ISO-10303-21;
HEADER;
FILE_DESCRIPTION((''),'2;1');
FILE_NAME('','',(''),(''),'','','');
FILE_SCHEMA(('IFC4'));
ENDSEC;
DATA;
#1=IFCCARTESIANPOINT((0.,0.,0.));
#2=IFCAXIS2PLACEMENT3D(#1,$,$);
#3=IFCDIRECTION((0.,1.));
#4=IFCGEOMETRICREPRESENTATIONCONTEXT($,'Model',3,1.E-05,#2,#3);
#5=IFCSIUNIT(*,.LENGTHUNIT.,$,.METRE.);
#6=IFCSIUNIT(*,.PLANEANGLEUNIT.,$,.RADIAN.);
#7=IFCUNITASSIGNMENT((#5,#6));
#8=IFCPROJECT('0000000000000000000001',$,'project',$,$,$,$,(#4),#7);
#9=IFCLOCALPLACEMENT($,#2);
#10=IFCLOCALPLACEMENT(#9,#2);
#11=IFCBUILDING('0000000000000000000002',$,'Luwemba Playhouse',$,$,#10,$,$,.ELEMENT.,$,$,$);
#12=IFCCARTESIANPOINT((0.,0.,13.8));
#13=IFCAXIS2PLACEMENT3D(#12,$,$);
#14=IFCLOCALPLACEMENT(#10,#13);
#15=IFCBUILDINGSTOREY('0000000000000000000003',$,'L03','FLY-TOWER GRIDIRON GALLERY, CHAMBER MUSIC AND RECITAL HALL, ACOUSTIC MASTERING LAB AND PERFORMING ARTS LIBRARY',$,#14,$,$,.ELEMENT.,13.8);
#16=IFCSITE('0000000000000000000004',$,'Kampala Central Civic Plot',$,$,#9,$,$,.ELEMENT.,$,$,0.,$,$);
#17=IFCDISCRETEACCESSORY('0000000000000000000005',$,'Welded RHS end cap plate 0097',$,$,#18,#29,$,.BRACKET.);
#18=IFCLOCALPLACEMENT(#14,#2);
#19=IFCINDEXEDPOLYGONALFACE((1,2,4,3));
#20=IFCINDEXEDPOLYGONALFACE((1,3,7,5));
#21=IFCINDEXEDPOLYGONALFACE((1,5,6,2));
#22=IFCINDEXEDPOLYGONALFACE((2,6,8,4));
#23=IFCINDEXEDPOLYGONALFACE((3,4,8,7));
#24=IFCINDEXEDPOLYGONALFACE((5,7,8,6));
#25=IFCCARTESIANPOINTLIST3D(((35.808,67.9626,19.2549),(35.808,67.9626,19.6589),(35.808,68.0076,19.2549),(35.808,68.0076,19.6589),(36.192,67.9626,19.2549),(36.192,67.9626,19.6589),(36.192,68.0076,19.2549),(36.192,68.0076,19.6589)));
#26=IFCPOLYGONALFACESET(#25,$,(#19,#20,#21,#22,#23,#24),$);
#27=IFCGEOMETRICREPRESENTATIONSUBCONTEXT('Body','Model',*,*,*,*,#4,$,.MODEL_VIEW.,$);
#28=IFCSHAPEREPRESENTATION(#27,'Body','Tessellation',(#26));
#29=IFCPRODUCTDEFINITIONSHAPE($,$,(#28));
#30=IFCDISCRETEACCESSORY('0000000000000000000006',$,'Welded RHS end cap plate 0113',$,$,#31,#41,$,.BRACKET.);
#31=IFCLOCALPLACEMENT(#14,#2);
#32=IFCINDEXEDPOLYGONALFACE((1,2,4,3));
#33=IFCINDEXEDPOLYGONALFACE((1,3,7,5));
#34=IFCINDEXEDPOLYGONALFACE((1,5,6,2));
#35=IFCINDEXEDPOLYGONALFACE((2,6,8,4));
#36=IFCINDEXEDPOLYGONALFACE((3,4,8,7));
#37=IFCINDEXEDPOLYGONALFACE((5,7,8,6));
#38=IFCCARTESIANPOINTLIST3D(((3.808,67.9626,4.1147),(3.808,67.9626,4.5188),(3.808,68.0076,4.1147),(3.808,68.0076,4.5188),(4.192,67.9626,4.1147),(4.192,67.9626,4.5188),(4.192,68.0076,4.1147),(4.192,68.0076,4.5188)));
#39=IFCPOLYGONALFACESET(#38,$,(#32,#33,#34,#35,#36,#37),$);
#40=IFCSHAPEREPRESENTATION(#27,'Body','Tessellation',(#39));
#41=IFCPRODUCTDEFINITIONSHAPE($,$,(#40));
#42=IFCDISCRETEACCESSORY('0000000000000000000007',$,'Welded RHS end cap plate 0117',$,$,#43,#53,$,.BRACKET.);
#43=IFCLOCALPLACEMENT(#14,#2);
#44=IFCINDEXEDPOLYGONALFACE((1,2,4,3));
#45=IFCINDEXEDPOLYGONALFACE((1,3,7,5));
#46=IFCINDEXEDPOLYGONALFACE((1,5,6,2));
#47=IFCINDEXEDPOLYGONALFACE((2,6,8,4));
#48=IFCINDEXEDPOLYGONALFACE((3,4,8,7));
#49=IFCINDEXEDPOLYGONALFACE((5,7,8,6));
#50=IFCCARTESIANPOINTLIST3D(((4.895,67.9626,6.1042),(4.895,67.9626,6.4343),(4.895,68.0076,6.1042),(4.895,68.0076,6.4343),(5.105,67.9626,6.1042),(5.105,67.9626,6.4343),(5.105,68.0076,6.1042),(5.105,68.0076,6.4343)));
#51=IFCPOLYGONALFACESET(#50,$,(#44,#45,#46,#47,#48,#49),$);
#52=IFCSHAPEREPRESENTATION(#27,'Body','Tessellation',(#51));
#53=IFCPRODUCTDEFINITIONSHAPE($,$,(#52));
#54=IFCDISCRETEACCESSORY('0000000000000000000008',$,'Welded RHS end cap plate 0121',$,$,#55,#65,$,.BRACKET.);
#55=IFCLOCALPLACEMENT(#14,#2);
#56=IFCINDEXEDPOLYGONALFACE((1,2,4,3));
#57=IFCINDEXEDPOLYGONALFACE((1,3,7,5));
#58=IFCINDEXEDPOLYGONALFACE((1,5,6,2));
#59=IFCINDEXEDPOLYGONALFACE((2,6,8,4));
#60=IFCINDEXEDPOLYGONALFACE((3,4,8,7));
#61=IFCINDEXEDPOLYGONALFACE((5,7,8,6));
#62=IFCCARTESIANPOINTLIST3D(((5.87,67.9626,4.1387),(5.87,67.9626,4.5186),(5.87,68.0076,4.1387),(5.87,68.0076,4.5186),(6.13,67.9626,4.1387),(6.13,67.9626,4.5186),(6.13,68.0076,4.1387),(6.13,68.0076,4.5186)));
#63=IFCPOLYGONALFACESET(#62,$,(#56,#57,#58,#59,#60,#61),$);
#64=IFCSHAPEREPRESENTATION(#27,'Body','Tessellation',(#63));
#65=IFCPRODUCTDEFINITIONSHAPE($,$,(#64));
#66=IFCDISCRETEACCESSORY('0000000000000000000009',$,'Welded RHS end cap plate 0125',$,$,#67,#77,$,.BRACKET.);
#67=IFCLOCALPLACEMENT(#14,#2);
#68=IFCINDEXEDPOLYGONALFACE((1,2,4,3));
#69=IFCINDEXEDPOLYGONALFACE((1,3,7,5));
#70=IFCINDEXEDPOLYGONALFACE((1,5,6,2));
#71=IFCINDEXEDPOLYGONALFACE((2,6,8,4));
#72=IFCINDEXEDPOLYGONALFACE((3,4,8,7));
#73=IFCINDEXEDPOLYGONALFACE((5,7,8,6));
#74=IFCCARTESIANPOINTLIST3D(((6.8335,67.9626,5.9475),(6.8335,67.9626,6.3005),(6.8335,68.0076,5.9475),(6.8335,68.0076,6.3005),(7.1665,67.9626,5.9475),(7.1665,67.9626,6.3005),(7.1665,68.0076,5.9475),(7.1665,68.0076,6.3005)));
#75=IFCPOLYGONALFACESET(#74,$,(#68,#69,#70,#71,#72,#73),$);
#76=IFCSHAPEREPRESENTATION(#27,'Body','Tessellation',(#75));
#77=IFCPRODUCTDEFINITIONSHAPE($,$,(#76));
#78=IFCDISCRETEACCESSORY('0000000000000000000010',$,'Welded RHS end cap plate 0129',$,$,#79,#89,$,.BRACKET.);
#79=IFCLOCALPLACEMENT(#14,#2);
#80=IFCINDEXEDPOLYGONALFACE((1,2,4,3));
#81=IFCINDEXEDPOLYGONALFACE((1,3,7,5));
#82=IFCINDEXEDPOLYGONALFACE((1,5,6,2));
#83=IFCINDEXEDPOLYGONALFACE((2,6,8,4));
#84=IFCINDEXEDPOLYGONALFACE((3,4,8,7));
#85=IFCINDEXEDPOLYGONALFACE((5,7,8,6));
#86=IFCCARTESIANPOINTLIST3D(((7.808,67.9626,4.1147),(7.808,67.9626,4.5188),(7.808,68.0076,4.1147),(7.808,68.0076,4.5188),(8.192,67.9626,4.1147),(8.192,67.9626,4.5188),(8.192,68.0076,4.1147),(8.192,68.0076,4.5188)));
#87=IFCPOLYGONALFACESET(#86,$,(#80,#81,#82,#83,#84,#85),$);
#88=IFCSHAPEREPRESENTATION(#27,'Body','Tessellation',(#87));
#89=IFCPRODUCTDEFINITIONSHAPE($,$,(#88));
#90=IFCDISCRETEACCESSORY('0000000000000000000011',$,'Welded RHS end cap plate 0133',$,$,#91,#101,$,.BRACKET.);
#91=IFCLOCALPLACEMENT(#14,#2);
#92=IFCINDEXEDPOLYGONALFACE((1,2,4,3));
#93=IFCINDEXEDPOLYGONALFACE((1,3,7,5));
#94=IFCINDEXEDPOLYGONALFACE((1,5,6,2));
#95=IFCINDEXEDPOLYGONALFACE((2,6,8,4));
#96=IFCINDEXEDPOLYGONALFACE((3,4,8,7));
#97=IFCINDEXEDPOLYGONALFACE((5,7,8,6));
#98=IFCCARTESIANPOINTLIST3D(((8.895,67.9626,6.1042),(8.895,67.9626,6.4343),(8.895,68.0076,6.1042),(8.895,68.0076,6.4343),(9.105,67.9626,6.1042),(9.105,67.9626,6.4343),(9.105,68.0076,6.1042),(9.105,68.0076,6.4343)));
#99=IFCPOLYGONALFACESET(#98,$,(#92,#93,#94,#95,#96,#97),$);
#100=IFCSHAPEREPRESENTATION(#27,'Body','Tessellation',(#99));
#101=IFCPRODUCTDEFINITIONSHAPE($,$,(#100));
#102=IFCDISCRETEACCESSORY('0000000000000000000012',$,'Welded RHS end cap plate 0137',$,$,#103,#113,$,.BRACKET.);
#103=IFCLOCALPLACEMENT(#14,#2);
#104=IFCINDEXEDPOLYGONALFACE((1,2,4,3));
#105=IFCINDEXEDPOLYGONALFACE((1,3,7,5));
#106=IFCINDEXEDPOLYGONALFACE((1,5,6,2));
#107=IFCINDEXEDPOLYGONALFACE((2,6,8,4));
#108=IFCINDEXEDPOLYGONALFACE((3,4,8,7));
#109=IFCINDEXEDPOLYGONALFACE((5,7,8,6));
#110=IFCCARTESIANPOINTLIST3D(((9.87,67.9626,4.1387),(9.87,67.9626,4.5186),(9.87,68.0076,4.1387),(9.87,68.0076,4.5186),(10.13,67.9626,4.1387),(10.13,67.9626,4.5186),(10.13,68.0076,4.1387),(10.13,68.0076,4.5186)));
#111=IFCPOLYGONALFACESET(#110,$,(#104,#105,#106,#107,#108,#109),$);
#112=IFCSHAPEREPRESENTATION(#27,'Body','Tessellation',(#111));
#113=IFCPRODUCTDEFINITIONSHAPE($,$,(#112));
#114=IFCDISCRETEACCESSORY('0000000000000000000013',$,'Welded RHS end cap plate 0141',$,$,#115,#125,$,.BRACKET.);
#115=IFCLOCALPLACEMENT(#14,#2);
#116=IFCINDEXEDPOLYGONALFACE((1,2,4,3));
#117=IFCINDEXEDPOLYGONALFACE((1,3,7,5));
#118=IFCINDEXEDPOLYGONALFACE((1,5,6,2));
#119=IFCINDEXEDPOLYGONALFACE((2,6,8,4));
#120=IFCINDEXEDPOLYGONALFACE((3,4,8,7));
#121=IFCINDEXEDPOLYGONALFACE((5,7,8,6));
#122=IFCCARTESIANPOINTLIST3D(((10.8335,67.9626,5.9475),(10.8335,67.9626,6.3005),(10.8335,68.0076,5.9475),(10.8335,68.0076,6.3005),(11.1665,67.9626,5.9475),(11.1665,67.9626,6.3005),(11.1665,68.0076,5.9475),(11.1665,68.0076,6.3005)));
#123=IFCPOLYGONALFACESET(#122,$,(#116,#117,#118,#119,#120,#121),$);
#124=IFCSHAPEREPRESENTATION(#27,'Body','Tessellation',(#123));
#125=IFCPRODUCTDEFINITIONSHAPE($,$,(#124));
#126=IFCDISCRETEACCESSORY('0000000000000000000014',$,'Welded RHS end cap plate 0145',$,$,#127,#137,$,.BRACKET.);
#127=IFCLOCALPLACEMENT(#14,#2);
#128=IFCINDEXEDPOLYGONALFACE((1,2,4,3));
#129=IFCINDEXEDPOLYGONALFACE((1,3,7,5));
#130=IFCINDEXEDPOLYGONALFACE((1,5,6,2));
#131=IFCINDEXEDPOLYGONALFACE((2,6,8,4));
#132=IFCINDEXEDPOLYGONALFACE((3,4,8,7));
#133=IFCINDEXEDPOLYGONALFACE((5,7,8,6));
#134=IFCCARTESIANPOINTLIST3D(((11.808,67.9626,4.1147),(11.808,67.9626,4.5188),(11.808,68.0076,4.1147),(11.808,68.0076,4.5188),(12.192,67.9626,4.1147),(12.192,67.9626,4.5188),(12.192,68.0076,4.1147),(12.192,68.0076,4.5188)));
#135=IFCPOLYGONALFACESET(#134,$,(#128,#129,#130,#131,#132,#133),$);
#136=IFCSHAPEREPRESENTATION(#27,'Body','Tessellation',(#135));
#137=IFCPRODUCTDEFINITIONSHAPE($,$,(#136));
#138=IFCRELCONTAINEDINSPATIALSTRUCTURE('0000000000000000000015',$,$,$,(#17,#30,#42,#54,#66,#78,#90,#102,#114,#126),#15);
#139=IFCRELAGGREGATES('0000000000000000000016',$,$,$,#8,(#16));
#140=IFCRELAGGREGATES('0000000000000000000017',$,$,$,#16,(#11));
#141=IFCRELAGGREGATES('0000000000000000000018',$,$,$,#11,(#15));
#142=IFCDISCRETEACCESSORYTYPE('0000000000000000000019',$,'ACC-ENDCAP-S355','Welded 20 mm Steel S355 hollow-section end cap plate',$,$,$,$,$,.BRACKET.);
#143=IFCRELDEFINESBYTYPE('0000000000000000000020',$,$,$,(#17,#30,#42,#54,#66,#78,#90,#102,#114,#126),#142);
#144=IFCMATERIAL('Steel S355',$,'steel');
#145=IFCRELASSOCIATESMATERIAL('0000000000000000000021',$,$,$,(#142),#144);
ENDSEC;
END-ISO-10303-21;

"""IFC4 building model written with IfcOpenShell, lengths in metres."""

from ifc_helpers import new_model, si_unit, direction, frame, origin, origin_2d, place, context, subcontext, project, spatial, rectangle, extrude, material, type_object, element, save


model = new_model("IFC4")

# Units and contexts
model_context = context("Model", 3, precision=1e-05, world=origin(), true_north=direction((0.0, 1.0)))
body_context = subcontext(model_context, "Body", "Model", "MODEL_VIEW")
ifc_project = project(units=[si_unit("LENGTHUNIT", "METRE"), si_unit("PLANEANGLEUNIT", "RADIAN")], contexts=[model_context])

# Site, building, storey
site_placement = place(None, origin())
site = spatial("IfcSite", under=ifc_project, at=site_placement, Name="Kampala Central Civic Plot", CompositionType="ELEMENT", RefElevation=0.0)
building_placement = place(site_placement, origin())
building = spatial("IfcBuilding", under=site, at=building_placement, Name="Luwemba Playhouse", CompositionType="ELEMENT")
storey_placement = place(building_placement, frame((0.0, 0.0, 13.8)))
storey = spatial("IfcBuildingStorey", under=building, at=storey_placement, Name="L03", Description="FLY-TOWER GRIDIRON GALLERY, CHAMBER MUSIC AND RECITAL HALL, ACOUSTIC MASTERING LAB AND PERFORMING ARTS LIBRARY", CompositionType="ELEMENT", Elevation=13.8)

# Discrete accessories
ifc_material_1 = material(Name="Steel S355", Category="steel")
discrete_accessory_type = type_object("IfcDiscreteAccessoryType", Name="ACC-ENDCAP-S355", Description="Welded 20 mm Steel S355 hollow-section end cap plate", PredefinedType="BRACKET", material=ifc_material_1)
for number, where, z_axis, x_axis, name in (
    (1, (36.0, 67.9851, 19.2549), (0.0, 0.0, 1.0), (1.0, 0.0, 0.0), "Welded RHS end cap plate 0097"),
    (2, (4.0, 67.9851, 4.1147), (0.0, 0.0, 1.0), (1.0, 0.0, 0.0), "Welded RHS end cap plate 0113"),
):
    element("IfcDiscreteAccessory", number, at=place(storey_placement, frame(where, z_axis=z_axis, x_axis=x_axis)), inside=storey, type_object=discrete_accessory_type, Name=name, PredefinedType="BRACKET", context=body_context, shape_type="SweptSolid", body=[
        extrude(rectangle(XDim=0.384, YDim=0.0449, at=origin_2d()), origin(), (0.0, 0.0, 1.0), 0.4041),
    ])
discrete_accessory_1_placement = place(storey_placement, frame((5.0, 67.9851, 6.1042), z_axis=(0.0, 0.0, 1.0), x_axis=(1.0, 0.0, 0.0)))
element("IfcDiscreteAccessory", 3, at=discrete_accessory_1_placement, inside=storey, type_object=discrete_accessory_type, Name="Welded RHS end cap plate 0117", PredefinedType="BRACKET", context=body_context, shape_type="SweptSolid", body=[
    extrude(rectangle(XDim=0.21, YDim=0.0449, at=origin_2d()), origin(), (0.0, 0.0, 1.0), 0.3301),
])
discrete_accessory_2_placement = place(storey_placement, frame((6.0, 67.9851, 4.1387), z_axis=(0.0, 0.0, 1.0), x_axis=(1.0, 0.0, 0.0)))
element("IfcDiscreteAccessory", 4, at=discrete_accessory_2_placement, inside=storey, type_object=discrete_accessory_type, Name="Welded RHS end cap plate 0121", PredefinedType="BRACKET", context=body_context, shape_type="SweptSolid", body=[
    extrude(rectangle(XDim=0.26, YDim=0.0449, at=origin_2d()), origin(), (0.0, 0.0, 1.0), 0.3799),
])
discrete_accessory_3_placement = place(storey_placement, frame((7.0, 67.9851, 5.9475), z_axis=(0.0, 0.0, 1.0), x_axis=(1.0, 0.0, 0.0)))
element("IfcDiscreteAccessory", 5, at=discrete_accessory_3_placement, inside=storey, type_object=discrete_accessory_type, Name="Welded RHS end cap plate 0125", PredefinedType="BRACKET", context=body_context, shape_type="SweptSolid", body=[
    extrude(rectangle(XDim=0.333, YDim=0.0449, at=origin_2d()), origin(), (0.0, 0.0, 1.0), 0.353),
])
discrete_accessory_4_placement = place(storey_placement, frame((8.0, 67.9851, 4.1147), z_axis=(0.0, 0.0, 1.0), x_axis=(1.0, 0.0, 0.0)))
element("IfcDiscreteAccessory", 6, at=discrete_accessory_4_placement, inside=storey, type_object=discrete_accessory_type, Name="Welded RHS end cap plate 0129", PredefinedType="BRACKET", context=body_context, shape_type="SweptSolid", body=[
    extrude(rectangle(XDim=0.384, YDim=0.0449, at=origin_2d()), origin(), (0.0, 0.0, 1.0), 0.4041),
])
discrete_accessory_5_placement = place(storey_placement, frame((9.0, 67.9851, 6.1042), z_axis=(0.0, 0.0, 1.0), x_axis=(1.0, 0.0, 0.0)))
element("IfcDiscreteAccessory", 7, at=discrete_accessory_5_placement, inside=storey, type_object=discrete_accessory_type, Name="Welded RHS end cap plate 0133", PredefinedType="BRACKET", context=body_context, shape_type="SweptSolid", body=[
    extrude(rectangle(XDim=0.21, YDim=0.0449, at=origin_2d()), origin(), (0.0, 0.0, 1.0), 0.3301),
])
discrete_accessory_6_placement = place(storey_placement, frame((10.0, 67.9851, 4.1387), z_axis=(0.0, 0.0, 1.0), x_axis=(1.0, 0.0, 0.0)))
element("IfcDiscreteAccessory", 8, at=discrete_accessory_6_placement, inside=storey, type_object=discrete_accessory_type, Name="Welded RHS end cap plate 0137", PredefinedType="BRACKET", context=body_context, shape_type="SweptSolid", body=[
    extrude(rectangle(XDim=0.26, YDim=0.0449, at=origin_2d()), origin(), (0.0, 0.0, 1.0), 0.3799),
])
discrete_accessory_7_placement = place(storey_placement, frame((11.0, 67.9851, 5.9475), z_axis=(0.0, 0.0, 1.0), x_axis=(1.0, 0.0, 0.0)))
element("IfcDiscreteAccessory", 9, at=discrete_accessory_7_placement, inside=storey, type_object=discrete_accessory_type, Name="Welded RHS end cap plate 0141", PredefinedType="BRACKET", context=body_context, shape_type="SweptSolid", body=[
    extrude(rectangle(XDim=0.333, YDim=0.0449, at=origin_2d()), origin(), (0.0, 0.0, 1.0), 0.353),
])
discrete_accessory_8_placement = place(storey_placement, frame((12.0, 67.9851, 4.1147), z_axis=(0.0, 0.0, 1.0), x_axis=(1.0, 0.0, 0.0)))
element("IfcDiscreteAccessory", 10, at=discrete_accessory_8_placement, inside=storey, type_object=discrete_accessory_type, Name="Welded RHS end cap plate 0145", PredefinedType="BRACKET", context=body_context, shape_type="SweptSolid", body=[
    extrude(rectangle(XDim=0.384, YDim=0.0449, at=origin_2d()), origin(), (0.0, 0.0, 1.0), 0.4041),
])

save(model, "model.ifc")
